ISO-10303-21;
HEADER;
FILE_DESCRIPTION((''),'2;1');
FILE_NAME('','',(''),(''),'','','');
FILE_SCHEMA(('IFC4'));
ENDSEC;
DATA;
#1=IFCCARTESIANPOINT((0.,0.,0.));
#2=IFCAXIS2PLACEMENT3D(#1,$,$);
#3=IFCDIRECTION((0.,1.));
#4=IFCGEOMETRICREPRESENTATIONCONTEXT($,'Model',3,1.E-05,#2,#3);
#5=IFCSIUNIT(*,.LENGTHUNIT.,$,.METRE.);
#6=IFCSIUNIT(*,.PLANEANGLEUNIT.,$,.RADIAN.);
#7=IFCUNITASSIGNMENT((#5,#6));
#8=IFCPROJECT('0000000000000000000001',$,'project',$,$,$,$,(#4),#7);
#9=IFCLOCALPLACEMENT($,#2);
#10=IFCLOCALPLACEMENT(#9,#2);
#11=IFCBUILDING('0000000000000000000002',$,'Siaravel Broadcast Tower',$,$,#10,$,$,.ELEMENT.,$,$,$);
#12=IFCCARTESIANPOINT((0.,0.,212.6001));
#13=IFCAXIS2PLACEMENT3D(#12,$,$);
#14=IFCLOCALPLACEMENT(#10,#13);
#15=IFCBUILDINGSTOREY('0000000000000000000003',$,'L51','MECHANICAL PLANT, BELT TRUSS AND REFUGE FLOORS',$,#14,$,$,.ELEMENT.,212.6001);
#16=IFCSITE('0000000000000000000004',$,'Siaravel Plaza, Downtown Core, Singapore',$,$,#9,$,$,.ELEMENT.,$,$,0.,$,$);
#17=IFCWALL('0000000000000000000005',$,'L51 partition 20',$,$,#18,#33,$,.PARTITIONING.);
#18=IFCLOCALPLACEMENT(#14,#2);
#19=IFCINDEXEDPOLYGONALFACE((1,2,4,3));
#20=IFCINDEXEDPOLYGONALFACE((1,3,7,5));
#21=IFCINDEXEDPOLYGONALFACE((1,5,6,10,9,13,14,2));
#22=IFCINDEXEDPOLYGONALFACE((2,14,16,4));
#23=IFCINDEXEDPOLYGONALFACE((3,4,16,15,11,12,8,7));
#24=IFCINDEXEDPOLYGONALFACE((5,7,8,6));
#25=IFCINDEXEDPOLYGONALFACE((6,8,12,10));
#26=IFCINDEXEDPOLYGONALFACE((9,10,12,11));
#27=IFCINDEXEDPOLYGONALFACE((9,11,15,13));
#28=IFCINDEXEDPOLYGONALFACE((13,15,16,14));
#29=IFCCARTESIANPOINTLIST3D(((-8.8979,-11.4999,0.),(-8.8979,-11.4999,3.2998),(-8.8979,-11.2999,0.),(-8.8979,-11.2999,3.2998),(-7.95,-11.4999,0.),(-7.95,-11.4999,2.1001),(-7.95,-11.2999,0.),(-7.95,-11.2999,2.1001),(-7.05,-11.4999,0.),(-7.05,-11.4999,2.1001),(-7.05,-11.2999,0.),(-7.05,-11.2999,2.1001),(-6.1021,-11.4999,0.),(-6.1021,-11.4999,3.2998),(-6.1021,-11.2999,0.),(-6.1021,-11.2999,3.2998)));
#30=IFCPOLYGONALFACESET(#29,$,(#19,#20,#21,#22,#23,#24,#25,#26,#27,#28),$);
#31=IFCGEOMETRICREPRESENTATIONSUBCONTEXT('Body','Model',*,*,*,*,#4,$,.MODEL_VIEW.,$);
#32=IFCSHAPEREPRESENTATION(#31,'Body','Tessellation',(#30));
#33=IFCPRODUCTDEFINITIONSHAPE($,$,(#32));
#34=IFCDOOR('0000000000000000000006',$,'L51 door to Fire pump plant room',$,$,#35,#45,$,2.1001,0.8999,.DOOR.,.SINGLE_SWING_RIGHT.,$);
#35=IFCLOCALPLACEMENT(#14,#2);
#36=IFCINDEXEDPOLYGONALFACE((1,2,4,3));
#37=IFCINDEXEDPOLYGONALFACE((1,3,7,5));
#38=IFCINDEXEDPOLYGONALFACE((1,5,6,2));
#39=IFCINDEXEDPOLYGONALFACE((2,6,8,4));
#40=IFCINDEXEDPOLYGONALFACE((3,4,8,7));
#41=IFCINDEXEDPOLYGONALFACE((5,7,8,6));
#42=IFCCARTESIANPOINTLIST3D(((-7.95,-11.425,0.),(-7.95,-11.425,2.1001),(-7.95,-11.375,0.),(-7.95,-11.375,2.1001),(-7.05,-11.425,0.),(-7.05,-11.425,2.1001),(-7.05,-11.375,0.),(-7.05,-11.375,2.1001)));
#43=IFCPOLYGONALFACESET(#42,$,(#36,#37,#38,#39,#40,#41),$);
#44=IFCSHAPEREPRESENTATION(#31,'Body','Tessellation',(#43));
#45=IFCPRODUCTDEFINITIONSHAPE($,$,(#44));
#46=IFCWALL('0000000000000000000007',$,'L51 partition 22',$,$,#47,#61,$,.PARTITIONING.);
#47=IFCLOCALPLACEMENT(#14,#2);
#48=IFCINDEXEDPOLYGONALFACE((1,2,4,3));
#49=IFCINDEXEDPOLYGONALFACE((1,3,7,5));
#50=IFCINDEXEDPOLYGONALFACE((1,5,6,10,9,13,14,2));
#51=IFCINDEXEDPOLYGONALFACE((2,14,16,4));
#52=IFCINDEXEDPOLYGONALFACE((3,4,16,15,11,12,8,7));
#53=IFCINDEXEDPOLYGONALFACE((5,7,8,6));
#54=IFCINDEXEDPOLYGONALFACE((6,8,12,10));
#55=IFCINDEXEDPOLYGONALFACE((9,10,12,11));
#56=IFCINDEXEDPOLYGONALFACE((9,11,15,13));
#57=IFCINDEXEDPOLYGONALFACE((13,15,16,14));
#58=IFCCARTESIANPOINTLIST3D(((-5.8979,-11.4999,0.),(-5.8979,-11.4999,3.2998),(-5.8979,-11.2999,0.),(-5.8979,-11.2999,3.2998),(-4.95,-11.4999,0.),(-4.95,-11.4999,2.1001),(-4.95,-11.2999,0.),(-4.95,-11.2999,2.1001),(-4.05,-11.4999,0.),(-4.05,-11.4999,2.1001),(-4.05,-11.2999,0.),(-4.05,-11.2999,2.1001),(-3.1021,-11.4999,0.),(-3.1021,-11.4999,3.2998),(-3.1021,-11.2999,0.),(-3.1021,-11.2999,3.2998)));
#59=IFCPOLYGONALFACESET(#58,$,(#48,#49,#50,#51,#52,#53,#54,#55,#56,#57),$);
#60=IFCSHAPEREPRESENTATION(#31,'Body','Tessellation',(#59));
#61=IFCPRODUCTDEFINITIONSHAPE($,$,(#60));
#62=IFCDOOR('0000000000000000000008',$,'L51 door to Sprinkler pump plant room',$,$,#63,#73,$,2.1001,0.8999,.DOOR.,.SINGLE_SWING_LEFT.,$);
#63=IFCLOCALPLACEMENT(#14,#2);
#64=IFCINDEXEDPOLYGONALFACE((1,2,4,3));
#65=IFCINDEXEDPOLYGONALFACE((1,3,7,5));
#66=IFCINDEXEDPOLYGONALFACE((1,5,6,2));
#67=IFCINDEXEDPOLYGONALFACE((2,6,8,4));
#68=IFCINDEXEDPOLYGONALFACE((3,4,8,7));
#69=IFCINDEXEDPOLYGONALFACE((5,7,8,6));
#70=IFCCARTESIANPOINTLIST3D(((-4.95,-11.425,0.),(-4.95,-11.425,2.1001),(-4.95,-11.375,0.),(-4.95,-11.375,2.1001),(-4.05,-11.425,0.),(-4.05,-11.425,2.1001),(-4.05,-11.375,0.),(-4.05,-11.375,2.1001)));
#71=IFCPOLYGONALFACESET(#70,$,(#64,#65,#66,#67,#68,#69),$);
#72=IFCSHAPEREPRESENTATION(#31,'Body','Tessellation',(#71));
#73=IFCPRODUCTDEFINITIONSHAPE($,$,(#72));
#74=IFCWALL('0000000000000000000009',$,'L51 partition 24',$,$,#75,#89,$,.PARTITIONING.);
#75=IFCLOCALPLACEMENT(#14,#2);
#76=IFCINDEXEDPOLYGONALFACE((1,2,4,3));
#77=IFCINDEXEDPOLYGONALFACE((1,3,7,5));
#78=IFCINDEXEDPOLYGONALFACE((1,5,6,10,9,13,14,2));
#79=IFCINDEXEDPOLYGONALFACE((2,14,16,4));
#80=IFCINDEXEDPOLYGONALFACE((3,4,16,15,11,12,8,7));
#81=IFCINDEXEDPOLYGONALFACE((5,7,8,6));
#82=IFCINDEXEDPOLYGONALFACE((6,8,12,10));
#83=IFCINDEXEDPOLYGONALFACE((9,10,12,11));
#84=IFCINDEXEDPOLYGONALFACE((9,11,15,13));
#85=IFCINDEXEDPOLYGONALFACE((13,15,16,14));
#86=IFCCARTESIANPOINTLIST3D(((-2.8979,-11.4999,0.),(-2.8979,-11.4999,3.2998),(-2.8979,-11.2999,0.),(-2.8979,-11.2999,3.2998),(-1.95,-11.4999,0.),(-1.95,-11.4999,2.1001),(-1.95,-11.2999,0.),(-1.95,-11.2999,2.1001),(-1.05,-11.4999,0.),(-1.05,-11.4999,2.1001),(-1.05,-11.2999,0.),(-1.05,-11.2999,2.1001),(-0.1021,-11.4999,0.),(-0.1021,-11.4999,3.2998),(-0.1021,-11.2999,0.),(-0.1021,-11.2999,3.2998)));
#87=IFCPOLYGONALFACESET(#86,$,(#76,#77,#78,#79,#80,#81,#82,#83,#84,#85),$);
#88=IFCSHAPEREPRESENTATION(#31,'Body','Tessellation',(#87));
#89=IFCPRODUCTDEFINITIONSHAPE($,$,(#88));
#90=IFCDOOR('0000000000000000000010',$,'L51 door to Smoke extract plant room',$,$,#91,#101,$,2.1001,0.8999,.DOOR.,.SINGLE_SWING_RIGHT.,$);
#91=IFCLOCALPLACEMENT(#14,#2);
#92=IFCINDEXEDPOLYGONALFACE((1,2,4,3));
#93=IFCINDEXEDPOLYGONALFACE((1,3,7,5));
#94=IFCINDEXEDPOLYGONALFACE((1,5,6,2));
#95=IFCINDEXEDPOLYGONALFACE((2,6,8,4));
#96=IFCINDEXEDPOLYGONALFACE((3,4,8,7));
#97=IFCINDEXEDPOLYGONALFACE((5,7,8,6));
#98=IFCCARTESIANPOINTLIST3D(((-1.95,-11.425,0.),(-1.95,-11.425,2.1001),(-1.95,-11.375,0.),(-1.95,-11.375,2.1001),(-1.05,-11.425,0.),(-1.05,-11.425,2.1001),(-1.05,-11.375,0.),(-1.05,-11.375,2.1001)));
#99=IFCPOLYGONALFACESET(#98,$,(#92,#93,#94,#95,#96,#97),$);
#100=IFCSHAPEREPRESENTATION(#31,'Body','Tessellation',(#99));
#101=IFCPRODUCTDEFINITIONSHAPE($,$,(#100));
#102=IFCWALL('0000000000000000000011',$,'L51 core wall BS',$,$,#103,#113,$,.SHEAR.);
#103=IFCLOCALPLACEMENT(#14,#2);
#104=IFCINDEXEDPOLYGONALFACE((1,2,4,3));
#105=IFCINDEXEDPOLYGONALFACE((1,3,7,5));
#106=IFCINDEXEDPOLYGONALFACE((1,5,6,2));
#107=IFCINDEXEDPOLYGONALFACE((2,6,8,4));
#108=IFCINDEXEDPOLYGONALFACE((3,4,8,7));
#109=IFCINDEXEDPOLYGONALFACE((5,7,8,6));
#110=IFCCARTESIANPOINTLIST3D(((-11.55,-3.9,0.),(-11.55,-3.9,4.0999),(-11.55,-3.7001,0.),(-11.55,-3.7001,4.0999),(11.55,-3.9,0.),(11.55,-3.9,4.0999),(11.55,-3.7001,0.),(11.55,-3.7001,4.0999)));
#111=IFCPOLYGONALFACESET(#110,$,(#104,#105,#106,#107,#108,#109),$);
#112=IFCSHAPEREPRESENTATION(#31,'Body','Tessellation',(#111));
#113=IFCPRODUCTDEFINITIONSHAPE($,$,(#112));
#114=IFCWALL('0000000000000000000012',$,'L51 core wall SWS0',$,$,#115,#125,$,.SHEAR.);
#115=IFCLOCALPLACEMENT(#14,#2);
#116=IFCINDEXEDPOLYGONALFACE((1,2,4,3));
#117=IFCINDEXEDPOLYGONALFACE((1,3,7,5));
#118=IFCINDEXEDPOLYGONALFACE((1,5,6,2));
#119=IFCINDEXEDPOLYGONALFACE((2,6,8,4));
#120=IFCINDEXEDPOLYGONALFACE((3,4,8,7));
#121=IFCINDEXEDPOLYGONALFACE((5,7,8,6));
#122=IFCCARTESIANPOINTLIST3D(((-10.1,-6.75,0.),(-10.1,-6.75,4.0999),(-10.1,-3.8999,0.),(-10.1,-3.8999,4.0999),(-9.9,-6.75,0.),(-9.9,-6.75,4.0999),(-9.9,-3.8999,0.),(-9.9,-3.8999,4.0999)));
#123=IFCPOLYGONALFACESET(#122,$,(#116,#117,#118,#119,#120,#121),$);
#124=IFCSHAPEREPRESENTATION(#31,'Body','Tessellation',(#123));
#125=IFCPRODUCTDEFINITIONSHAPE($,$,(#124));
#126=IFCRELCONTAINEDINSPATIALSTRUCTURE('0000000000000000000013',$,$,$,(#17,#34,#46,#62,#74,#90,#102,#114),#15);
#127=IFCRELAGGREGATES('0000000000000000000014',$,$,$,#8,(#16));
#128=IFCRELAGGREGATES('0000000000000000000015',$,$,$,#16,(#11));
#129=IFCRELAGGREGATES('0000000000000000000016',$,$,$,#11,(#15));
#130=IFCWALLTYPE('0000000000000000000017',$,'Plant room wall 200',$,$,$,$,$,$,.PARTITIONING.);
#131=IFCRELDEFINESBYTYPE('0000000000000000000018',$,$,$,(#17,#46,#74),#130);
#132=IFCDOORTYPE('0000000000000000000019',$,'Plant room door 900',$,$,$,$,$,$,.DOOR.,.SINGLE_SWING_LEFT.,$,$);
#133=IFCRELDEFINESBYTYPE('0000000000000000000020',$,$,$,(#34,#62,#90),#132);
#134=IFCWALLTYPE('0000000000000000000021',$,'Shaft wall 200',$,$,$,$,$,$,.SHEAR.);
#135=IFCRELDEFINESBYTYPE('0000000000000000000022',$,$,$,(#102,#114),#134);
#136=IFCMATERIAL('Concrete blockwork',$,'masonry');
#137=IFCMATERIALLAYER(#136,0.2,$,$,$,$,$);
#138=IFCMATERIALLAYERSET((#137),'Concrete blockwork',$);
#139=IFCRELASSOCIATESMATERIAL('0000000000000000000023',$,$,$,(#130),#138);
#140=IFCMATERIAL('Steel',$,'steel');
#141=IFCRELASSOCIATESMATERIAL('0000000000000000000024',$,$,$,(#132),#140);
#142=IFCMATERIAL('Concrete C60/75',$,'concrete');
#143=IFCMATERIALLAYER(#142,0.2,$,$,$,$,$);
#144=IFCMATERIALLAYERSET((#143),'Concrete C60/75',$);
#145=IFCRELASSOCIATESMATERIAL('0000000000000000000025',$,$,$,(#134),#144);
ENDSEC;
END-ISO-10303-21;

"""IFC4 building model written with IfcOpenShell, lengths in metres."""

from ifc_helpers import new_model, si_unit, direction, frame, frame_2d, origin, place, context, subcontext, project, spatial, rectangle, extrude, material, layer, layer_set, type_object, element, fill, save


model = new_model("IFC4")

# Units and contexts
model_context = context("Model", 3, precision=1e-05, world=origin(), true_north=direction((0.0, 1.0)))
body_context = subcontext(model_context, "Body", "Model", "MODEL_VIEW")
ifc_project = project(units=[si_unit("LENGTHUNIT", "METRE"), si_unit("PLANEANGLEUNIT", "RADIAN")], contexts=[model_context])

# Site, building, storey
site_placement = place(None, origin())
site = spatial("IfcSite", under=ifc_project, at=site_placement, Name="Siaravel Plaza, Downtown Core, Singapore", CompositionType="ELEMENT", RefElevation=0.0)
building_placement = place(site_placement, origin())
building = spatial("IfcBuilding", under=site, at=building_placement, Name="Siaravel Broadcast Tower", CompositionType="ELEMENT")
storey_placement = place(building_placement, frame((0.0, 0.0, 212.6001)))
storey = spatial("IfcBuildingStorey", under=building, at=storey_placement, Name="L51", Description="MECHANICAL PLANT, BELT TRUSS AND REFUGE FLOORS", CompositionType="ELEMENT", Elevation=212.6001)

# Shared definitions
ifc_material_1 = material(Name="Concrete C60/75", Category="concrete")

# Shared definitions
ifc_material_2 = material(Name="Concrete blockwork", Category="masonry")

# Shared definitions
ifc_material_3 = material(Name="Steel", Category="steel")

# Walls, openings, doors
ifc_layer_1 = layer(ifc_material_2, 0.2)
ifc_layer_set_1 = layer_set([ifc_layer_1], Name="Concrete blockwork")
wall_type_1 = type_object("IfcWallType", Name="Plant room wall 200", PredefinedType="PARTITIONING", material=ifc_layer_set_1)
wall_1_placement = place(storey_placement, frame((-8.8979, -11.3999, 0.0), z_axis=(0.0, 0.0, 1.0), x_axis=(1.0, 0.0, 0.0)))
wall_1 = element("IfcWall", 1, at=wall_1_placement, inside=storey, type_object=wall_type_1, Name="L51 partition 20", PredefinedType="PARTITIONING", context=body_context, shape_type="SweptSolid", body=[
    extrude(rectangle(XDim=2.7959, YDim=0.2, at=frame_2d((1.3979, 0.0))), origin(), (0.0, 0.0, 1.0), 3.2998),
])
opening_1_placement = place(wall_1_placement, frame((0.948, 0.0, 0.0)))
opening_1 = element("IfcOpeningElement", 2, at=opening_1_placement, cuts=wall_1, PredefinedType="OPENING", context=body_context, shape_type="SweptSolid", body=[
    extrude(rectangle(XDim=0.8999, YDim=2.1001, at=frame_2d((0.45, 1.05))), frame((0.0, 0.1099, 0.0), z_axis=(0.0, -1.0, 0.0), x_axis=(1.0, 0.0, 0.0)), (0.0, 0.0, 1.0), 0.22),
])
door_type_1 = type_object("IfcDoorType", Name="Plant room door 900", OperationType="SINGLE_SWING_LEFT", PredefinedType="DOOR", material=ifc_material_3)
door_1_placement = place(opening_1_placement, origin())
door_1 = element("IfcDoor", 3, at=door_1_placement, inside=storey, type_object=door_type_1, Name="L51 door to Fire pump plant room", OperationType="SINGLE_SWING_RIGHT", OverallHeight=2.1001, OverallWidth=0.8999, PredefinedType="DOOR", context=body_context, shape_type="SweptSolid", body=[
    extrude(rectangle(XDim=0.8999, YDim=2.1001, at=frame_2d((0.45, 1.05))), frame((0.0, 0.0249, 0.0), z_axis=(0.0, -1.0, 0.0), x_axis=(1.0, 0.0, 0.0)), (0.0, 0.0, 1.0), 0.05),
])
fill(opening_1, door_1)
wall_2_placement = place(storey_placement, frame((-5.8979, -11.3999, 0.0), z_axis=(0.0, 0.0, 1.0), x_axis=(1.0, 0.0, 0.0)))
wall_2 = element("IfcWall", 4, at=wall_2_placement, inside=storey, type_object=wall_type_1, Name="L51 partition 22", PredefinedType="PARTITIONING", context=body_context, shape_type="SweptSolid", body=[
    extrude(rectangle(XDim=2.7959, YDim=0.2, at=frame_2d((1.3979, 0.0))), origin(), (0.0, 0.0, 1.0), 3.2998),
])
opening_2_placement = place(wall_2_placement, frame((0.948, 0.0, 0.0)))
opening_2 = element("IfcOpeningElement", 5, at=opening_2_placement, cuts=wall_2, PredefinedType="OPENING", context=body_context, shape_type="SweptSolid", body=[
    extrude(rectangle(XDim=0.8999, YDim=2.1001, at=frame_2d((0.45, 1.05))), frame((0.0, 0.1099, 0.0), z_axis=(0.0, -1.0, 0.0), x_axis=(1.0, 0.0, 0.0)), (0.0, 0.0, 1.0), 0.22),
])
door_2_placement = place(opening_2_placement, origin())
door_2 = element("IfcDoor", 6, at=door_2_placement, inside=storey, type_object=door_type_1, Name="L51 door to Sprinkler pump plant room", OperationType="SINGLE_SWING_LEFT", OverallHeight=2.1001, OverallWidth=0.8999, PredefinedType="DOOR", context=body_context, shape_type="SweptSolid", body=[
    extrude(rectangle(XDim=0.8999, YDim=2.1001, at=frame_2d((0.45, 1.05))), frame((0.0, 0.0249, 0.0), z_axis=(0.0, -1.0, 0.0), x_axis=(1.0, 0.0, 0.0)), (0.0, 0.0, 1.0), 0.05),
])
fill(opening_2, door_2)
wall_3_placement = place(storey_placement, frame((-2.8979, -11.3999, 0.0), z_axis=(0.0, 0.0, 1.0), x_axis=(1.0, 0.0, 0.0)))
wall_3 = element("IfcWall", 7, at=wall_3_placement, inside=storey, type_object=wall_type_1, Name="L51 partition 24", PredefinedType="PARTITIONING", context=body_context, shape_type="SweptSolid", body=[
    extrude(rectangle(XDim=2.7959, YDim=0.2, at=frame_2d((1.3979, 0.0))), origin(), (0.0, 0.0, 1.0), 3.2998),
])
opening_3_placement = place(wall_3_placement, frame((0.948, 0.0, 0.0)))
opening_3 = element("IfcOpeningElement", 8, at=opening_3_placement, cuts=wall_3, PredefinedType="OPENING", context=body_context, shape_type="SweptSolid", body=[
    extrude(rectangle(XDim=0.8999, YDim=2.1001, at=frame_2d((0.45, 1.05))), frame((0.0, 0.1099, 0.0), z_axis=(0.0, -1.0, 0.0), x_axis=(1.0, 0.0, 0.0)), (0.0, 0.0, 1.0), 0.22),
])
door_3_placement = place(opening_3_placement, origin())
door_3 = element("IfcDoor", 9, at=door_3_placement, inside=storey, type_object=door_type_1, Name="L51 door to Smoke extract plant room", OperationType="SINGLE_SWING_RIGHT", OverallHeight=2.1001, OverallWidth=0.8999, PredefinedType="DOOR", context=body_context, shape_type="SweptSolid", body=[
    extrude(rectangle(XDim=0.8999, YDim=2.1001, at=frame_2d((0.45, 1.05))), frame((0.0, 0.0249, 0.0), z_axis=(0.0, -1.0, 0.0), x_axis=(1.0, 0.0, 0.0)), (0.0, 0.0, 1.0), 0.05),
])
fill(opening_3, door_3)

# Walls
ifc_layer_2 = layer(ifc_material_1, 0.2)
ifc_layer_set_2 = layer_set([ifc_layer_2], Name="Concrete C60/75")
wall_type_2 = type_object("IfcWallType", Name="Shaft wall 200", PredefinedType="SHEAR", material=ifc_layer_set_2)
wall_4_placement = place(storey_placement, frame((-11.55, -3.8, 0.0), z_axis=(0.0, 0.0, 1.0), x_axis=(1.0, 0.0, 0.0)))
element("IfcWall", 10, at=wall_4_placement, inside=storey, type_object=wall_type_2, Name="L51 core wall BS", PredefinedType="SHEAR", context=body_context, shape_type="SweptSolid", body=[
    extrude(rectangle(XDim=23.1001, YDim=0.2, at=frame_2d((11.55, 0.0))), origin(), (0.0, 0.0, 1.0), 4.0999),
])
wall_5_placement = place(storey_placement, frame((-10.0, -6.75, 0.0), z_axis=(0.0, 0.0, 1.0), x_axis=(0.0, 1.0, 0.0)))
element("IfcWall", 11, at=wall_5_placement, inside=storey, type_object=wall_type_2, Name="L51 core wall SWS0", PredefinedType="SHEAR", context=body_context, shape_type="SweptSolid", body=[
    extrude(rectangle(XDim=2.8501, YDim=0.2, at=frame_2d((1.425, 0.0))), origin(), (0.0, 0.0, 1.0), 4.0999),
])

save(model, "model.ifc")
